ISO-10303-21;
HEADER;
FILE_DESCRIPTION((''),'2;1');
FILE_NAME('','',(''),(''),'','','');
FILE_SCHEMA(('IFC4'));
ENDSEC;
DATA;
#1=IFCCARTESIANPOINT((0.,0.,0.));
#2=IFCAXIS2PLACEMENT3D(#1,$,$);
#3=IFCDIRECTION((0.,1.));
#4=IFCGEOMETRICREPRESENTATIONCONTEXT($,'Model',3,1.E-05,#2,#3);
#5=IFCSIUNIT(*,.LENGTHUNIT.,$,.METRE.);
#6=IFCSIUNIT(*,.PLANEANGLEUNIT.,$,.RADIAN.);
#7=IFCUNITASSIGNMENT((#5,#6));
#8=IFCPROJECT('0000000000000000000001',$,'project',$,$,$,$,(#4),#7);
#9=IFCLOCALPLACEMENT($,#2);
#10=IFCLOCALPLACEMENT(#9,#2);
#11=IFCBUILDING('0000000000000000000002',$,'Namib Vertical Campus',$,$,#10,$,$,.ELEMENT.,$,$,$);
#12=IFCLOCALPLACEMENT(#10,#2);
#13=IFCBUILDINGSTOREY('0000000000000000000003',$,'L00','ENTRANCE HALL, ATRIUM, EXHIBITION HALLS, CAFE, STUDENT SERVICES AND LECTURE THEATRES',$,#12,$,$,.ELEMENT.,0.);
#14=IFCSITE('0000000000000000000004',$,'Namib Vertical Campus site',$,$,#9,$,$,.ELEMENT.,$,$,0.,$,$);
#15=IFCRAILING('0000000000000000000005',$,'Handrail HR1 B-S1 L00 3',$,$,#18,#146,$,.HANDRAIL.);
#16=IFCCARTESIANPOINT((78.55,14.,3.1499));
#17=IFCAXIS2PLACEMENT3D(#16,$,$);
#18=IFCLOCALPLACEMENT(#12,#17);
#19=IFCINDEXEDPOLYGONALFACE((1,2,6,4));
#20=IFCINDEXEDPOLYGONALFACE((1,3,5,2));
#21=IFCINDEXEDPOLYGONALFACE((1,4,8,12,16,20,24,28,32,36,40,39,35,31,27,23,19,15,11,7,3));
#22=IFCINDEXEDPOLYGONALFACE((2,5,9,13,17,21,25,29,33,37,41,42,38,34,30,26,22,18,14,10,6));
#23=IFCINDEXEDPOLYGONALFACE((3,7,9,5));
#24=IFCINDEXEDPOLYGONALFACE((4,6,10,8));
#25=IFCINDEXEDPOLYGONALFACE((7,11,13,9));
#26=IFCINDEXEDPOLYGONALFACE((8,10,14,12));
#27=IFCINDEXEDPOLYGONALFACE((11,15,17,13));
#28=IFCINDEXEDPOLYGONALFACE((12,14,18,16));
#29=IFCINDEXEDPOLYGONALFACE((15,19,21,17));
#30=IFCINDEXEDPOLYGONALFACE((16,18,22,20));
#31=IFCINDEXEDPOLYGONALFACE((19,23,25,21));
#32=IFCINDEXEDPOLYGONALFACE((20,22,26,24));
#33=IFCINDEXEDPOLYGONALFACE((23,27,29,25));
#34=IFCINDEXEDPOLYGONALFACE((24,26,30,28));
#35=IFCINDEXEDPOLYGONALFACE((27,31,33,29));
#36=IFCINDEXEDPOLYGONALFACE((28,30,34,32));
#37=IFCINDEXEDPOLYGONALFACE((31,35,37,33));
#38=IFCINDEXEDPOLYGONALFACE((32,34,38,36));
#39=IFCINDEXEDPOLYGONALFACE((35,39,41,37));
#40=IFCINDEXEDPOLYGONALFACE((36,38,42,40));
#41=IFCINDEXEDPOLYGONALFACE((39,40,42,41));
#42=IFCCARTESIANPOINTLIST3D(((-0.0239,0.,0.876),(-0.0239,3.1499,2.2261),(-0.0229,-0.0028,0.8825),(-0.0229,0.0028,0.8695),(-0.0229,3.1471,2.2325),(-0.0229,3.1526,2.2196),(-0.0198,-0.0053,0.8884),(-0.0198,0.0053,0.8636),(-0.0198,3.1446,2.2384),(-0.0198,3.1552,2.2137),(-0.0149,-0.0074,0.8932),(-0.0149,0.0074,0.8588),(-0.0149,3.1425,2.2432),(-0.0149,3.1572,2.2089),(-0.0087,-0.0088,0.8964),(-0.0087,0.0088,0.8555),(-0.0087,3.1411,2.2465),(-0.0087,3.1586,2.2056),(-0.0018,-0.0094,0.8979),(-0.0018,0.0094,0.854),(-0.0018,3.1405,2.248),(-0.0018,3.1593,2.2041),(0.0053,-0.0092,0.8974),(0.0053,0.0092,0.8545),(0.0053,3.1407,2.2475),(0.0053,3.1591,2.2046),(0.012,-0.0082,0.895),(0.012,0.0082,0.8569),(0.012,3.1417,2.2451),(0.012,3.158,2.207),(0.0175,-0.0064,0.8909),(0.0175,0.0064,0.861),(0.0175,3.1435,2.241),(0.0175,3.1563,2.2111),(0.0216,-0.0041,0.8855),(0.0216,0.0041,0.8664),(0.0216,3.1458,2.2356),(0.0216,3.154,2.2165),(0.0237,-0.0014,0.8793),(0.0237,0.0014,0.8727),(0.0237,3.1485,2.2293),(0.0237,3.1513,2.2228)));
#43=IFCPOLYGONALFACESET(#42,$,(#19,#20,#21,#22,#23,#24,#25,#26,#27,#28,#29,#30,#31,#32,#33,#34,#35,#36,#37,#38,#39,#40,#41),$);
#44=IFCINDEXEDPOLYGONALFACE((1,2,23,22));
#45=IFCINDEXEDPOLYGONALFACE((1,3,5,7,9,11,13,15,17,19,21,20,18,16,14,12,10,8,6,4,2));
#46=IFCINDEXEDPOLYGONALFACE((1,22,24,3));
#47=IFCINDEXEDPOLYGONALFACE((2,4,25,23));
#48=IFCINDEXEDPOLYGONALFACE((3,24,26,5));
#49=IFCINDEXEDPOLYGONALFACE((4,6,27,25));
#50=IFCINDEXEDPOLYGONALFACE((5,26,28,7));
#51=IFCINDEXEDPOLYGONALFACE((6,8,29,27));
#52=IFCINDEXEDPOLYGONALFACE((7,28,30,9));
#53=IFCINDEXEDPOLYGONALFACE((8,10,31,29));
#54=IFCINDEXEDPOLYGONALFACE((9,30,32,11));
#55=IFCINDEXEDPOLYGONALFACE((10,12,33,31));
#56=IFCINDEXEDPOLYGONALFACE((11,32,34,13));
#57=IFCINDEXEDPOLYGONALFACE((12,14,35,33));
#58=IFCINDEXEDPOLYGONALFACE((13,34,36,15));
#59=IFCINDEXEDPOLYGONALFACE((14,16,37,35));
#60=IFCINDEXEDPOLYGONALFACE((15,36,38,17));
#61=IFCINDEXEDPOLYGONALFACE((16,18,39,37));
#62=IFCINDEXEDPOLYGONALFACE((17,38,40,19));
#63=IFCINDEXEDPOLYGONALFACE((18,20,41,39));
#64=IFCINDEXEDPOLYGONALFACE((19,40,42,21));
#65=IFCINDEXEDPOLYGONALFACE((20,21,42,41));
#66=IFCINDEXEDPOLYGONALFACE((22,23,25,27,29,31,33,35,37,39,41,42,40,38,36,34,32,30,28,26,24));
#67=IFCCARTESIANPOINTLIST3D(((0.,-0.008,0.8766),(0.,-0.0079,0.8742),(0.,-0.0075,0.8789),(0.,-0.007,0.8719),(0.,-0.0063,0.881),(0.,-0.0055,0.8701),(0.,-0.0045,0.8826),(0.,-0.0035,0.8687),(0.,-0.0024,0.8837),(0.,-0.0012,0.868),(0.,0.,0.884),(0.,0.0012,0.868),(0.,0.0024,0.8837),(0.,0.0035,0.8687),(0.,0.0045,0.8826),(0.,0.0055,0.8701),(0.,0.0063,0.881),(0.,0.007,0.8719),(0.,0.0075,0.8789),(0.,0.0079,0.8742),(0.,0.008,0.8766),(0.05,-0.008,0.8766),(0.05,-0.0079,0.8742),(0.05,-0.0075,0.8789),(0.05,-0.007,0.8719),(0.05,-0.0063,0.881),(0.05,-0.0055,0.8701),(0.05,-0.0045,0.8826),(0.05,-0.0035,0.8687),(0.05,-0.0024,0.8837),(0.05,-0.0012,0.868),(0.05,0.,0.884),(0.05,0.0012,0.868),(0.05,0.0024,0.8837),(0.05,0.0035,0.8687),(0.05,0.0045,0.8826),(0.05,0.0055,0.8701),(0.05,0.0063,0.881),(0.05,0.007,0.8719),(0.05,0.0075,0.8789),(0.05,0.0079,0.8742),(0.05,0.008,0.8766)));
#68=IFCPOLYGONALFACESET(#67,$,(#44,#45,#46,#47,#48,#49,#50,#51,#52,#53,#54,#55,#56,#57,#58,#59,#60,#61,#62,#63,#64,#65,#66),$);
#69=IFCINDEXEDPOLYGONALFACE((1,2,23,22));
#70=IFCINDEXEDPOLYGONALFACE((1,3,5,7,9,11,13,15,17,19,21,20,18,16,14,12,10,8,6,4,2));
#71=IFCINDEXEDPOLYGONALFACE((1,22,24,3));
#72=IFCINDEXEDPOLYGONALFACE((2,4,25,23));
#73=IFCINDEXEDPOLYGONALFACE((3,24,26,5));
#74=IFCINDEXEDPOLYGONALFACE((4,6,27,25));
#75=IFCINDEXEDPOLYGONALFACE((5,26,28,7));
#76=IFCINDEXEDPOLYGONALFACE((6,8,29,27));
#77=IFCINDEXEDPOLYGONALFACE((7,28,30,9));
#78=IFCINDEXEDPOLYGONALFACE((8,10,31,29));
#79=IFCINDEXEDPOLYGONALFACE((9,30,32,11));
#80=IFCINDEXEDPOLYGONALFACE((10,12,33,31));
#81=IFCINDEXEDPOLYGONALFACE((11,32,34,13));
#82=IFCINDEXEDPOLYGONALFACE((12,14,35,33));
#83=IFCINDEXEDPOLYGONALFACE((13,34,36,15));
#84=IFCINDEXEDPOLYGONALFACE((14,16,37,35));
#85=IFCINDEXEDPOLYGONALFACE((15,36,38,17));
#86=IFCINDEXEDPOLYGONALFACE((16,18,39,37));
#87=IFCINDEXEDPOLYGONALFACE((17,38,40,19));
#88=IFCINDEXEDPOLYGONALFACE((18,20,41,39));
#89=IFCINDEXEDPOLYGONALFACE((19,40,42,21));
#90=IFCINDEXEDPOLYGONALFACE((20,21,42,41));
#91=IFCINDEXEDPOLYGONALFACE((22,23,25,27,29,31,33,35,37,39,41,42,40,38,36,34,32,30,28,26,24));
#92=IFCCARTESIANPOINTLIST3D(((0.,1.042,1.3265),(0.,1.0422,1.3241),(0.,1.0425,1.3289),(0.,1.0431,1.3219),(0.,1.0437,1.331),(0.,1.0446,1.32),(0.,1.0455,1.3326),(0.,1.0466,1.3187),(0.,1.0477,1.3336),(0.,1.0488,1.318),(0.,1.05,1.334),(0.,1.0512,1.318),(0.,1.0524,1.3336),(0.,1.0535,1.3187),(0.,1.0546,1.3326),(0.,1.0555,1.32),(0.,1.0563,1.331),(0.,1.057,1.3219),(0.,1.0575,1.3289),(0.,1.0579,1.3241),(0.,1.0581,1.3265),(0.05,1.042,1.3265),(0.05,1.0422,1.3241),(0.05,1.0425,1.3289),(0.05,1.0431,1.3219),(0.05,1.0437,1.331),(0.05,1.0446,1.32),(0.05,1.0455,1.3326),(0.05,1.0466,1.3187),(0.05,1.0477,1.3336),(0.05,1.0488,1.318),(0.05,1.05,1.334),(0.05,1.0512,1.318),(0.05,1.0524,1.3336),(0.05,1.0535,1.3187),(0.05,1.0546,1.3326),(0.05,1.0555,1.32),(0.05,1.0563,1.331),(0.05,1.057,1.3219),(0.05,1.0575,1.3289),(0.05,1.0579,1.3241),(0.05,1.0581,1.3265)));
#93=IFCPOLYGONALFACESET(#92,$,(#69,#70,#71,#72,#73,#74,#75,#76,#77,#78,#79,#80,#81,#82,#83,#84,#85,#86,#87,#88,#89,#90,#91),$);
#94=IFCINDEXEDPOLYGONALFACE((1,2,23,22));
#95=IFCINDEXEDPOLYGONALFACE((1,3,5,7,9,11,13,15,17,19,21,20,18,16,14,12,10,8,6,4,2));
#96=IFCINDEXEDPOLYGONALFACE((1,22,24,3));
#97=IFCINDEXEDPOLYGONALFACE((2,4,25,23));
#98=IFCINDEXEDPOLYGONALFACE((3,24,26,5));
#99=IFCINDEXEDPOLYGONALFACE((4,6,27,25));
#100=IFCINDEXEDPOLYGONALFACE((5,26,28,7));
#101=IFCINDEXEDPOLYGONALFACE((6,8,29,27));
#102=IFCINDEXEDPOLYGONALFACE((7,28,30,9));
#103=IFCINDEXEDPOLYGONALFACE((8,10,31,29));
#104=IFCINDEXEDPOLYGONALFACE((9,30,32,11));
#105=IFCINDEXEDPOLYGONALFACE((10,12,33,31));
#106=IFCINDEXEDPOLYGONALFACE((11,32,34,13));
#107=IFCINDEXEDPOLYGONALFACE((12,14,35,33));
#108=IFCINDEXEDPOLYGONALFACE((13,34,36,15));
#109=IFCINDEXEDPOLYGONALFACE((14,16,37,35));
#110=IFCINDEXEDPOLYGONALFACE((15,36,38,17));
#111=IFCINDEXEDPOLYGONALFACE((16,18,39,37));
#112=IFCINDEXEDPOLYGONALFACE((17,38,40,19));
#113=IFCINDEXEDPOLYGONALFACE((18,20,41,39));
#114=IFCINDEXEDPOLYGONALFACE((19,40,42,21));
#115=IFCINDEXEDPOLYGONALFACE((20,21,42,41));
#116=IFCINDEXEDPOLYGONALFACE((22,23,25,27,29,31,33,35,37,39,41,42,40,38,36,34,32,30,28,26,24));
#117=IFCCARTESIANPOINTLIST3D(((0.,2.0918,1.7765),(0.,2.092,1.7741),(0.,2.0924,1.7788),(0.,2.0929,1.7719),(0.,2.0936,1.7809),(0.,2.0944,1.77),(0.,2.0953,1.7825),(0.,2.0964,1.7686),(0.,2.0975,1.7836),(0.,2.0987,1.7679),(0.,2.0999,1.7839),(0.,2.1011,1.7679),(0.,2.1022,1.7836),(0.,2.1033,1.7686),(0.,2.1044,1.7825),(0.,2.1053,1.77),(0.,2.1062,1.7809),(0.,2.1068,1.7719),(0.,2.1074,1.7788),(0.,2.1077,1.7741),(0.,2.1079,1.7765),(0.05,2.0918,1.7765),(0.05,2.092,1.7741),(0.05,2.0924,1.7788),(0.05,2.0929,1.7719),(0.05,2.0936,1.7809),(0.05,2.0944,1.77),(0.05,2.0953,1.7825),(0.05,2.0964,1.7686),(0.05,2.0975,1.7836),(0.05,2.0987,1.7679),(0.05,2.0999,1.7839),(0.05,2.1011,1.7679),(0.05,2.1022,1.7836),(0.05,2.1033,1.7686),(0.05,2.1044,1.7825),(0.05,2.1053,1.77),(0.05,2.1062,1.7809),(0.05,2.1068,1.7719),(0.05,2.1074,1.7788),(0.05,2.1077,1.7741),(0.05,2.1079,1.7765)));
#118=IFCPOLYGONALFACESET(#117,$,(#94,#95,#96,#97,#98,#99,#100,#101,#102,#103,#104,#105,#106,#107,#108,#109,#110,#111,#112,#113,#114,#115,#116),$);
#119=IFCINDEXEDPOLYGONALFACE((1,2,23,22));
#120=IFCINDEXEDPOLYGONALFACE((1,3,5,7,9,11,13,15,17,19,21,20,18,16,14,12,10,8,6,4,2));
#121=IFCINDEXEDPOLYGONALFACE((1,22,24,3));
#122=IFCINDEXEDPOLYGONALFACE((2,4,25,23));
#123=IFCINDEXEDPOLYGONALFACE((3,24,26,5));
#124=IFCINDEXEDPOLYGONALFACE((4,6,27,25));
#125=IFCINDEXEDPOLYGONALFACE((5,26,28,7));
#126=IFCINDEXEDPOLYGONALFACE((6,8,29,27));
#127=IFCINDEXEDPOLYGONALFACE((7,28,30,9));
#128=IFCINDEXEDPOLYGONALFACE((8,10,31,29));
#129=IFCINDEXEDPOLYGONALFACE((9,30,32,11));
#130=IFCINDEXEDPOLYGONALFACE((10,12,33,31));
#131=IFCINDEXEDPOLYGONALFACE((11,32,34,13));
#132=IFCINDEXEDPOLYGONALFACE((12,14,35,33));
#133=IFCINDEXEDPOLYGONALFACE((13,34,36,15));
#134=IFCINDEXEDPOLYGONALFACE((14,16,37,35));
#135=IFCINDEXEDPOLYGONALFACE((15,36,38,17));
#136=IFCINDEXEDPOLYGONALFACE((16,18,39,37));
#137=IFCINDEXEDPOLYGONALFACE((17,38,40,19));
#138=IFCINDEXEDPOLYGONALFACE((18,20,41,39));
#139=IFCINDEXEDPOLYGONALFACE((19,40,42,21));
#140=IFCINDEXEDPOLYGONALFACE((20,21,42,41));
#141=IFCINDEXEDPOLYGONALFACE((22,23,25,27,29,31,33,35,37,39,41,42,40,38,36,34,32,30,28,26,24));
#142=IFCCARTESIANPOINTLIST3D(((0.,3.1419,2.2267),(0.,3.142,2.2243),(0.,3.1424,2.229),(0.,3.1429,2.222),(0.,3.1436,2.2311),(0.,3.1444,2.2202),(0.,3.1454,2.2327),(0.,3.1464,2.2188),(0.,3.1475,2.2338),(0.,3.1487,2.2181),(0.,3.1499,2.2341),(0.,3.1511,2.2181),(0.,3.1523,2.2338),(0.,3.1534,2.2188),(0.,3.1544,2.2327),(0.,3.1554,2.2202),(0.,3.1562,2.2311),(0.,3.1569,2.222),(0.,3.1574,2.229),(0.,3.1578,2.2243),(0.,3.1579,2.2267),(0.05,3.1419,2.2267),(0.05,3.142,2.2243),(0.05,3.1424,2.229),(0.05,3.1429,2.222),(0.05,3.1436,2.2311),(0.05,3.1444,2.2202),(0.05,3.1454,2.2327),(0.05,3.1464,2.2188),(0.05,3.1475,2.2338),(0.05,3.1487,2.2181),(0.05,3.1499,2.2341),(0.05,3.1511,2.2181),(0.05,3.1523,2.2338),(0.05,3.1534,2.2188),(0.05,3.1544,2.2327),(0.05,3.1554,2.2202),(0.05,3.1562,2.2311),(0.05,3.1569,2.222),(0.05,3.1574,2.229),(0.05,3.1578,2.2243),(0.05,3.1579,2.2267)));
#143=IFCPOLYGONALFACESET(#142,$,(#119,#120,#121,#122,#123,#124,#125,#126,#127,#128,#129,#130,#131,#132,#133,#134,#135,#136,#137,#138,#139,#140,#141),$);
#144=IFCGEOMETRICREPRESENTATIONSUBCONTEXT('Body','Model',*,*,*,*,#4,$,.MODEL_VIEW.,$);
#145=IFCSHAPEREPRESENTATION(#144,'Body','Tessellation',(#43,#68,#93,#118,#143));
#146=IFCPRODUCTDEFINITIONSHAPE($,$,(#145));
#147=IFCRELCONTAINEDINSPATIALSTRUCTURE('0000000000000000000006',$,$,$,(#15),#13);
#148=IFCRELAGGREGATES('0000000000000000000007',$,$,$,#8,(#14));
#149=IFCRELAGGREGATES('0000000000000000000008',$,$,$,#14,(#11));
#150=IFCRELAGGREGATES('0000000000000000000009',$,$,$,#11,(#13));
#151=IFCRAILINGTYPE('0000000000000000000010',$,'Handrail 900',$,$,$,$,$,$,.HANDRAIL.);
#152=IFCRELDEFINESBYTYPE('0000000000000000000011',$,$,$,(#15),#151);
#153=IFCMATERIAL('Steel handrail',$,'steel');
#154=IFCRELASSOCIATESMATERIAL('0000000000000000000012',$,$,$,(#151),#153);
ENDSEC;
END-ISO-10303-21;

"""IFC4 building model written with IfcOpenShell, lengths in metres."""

from ifc_helpers import new_model, si_unit, direction, frame, origin, origin_2d, place, context, subcontext, project, spatial, circle, extrude, material, type_object, element, save


model = new_model("IFC4")

# Units and contexts
model_context = context("Model", 3, precision=1e-05, world=origin(), true_north=direction((0.0, 1.0)))
body_context = subcontext(model_context, "Body", "Model", "MODEL_VIEW")
ifc_project = project(units=[si_unit("LENGTHUNIT", "METRE"), si_unit("PLANEANGLEUNIT", "RADIAN")], contexts=[model_context])

# Site, building, storey
site_placement = place(None, origin())
site = spatial("IfcSite", under=ifc_project, at=site_placement, Name="Namib Vertical Campus site", CompositionType="ELEMENT", RefElevation=0.0)
building_placement = place(site_placement, origin())
building = spatial("IfcBuilding", under=site, at=building_placement, Name="Namib Vertical Campus", CompositionType="ELEMENT")
storey_placement = place(building_placement, origin())
storey = spatial("IfcBuildingStorey", under=building, at=storey_placement, Name="L00", Description="ENTRANCE HALL, ATRIUM, EXHIBITION HALLS, CAFE, STUDENT SERVICES AND LECTURE THEATRES", CompositionType="ELEMENT", Elevation=0.0)

# Railing
ifc_material_1 = material(Name="Steel handrail", Category="steel")
railing_type = type_object("IfcRailingType", Name="Handrail 900", PredefinedType="HANDRAIL", material=ifc_material_1)
for number, where, name in (
    (1, (78.55, 14.0, 3.1499), "Handrail HR1 B-S1 L00 3"),
):
    element("IfcRailing", number, at=place(storey_placement, frame(where)), inside=storey, type_object=railing_type, Name=name, PredefinedType="HANDRAIL", context=body_context, shape_type="SweptSolid", body=[
        extrude(circle(Radius=0.0239, at=origin_2d()), frame((0.0, 0.0, 0.876), z_axis=(0.0, 0.91913, 0.393954), x_axis=(-1.0, 0.0, 0.0)), (0.0, 0.0, 1.0), 3.427),
        extrude(circle(Radius=0.0081, at=origin_2d()), frame((0.0, 0.0, 0.876), z_axis=(1.0, 0.0, 0.0), x_axis=(0.0, 0.0, 1.0)), (0.0, 0.0, 1.0), 0.05),
        extrude(circle(Radius=0.0081, at=origin_2d()), frame((0.0, 1.05, 1.3259), z_axis=(1.0, 0.0, 0.0), x_axis=(0.0, 0.0, 1.0)), (0.0, 0.0, 1.0), 0.05),
        extrude(circle(Radius=0.0081, at=origin_2d()), frame((0.0, 2.0999, 1.7759), z_axis=(1.0, 0.0, 0.0), x_axis=(0.0, 0.0, 1.0)), (0.0, 0.0, 1.0), 0.05),
        extrude(circle(Radius=0.0081, at=origin_2d()), frame((0.0, 3.1499, 2.2261), z_axis=(1.0, 0.0, 0.0), x_axis=(0.0, 0.0, 1.0)), (0.0, 0.0, 1.0), 0.05),
    ])

save(model, "model.ifc")
